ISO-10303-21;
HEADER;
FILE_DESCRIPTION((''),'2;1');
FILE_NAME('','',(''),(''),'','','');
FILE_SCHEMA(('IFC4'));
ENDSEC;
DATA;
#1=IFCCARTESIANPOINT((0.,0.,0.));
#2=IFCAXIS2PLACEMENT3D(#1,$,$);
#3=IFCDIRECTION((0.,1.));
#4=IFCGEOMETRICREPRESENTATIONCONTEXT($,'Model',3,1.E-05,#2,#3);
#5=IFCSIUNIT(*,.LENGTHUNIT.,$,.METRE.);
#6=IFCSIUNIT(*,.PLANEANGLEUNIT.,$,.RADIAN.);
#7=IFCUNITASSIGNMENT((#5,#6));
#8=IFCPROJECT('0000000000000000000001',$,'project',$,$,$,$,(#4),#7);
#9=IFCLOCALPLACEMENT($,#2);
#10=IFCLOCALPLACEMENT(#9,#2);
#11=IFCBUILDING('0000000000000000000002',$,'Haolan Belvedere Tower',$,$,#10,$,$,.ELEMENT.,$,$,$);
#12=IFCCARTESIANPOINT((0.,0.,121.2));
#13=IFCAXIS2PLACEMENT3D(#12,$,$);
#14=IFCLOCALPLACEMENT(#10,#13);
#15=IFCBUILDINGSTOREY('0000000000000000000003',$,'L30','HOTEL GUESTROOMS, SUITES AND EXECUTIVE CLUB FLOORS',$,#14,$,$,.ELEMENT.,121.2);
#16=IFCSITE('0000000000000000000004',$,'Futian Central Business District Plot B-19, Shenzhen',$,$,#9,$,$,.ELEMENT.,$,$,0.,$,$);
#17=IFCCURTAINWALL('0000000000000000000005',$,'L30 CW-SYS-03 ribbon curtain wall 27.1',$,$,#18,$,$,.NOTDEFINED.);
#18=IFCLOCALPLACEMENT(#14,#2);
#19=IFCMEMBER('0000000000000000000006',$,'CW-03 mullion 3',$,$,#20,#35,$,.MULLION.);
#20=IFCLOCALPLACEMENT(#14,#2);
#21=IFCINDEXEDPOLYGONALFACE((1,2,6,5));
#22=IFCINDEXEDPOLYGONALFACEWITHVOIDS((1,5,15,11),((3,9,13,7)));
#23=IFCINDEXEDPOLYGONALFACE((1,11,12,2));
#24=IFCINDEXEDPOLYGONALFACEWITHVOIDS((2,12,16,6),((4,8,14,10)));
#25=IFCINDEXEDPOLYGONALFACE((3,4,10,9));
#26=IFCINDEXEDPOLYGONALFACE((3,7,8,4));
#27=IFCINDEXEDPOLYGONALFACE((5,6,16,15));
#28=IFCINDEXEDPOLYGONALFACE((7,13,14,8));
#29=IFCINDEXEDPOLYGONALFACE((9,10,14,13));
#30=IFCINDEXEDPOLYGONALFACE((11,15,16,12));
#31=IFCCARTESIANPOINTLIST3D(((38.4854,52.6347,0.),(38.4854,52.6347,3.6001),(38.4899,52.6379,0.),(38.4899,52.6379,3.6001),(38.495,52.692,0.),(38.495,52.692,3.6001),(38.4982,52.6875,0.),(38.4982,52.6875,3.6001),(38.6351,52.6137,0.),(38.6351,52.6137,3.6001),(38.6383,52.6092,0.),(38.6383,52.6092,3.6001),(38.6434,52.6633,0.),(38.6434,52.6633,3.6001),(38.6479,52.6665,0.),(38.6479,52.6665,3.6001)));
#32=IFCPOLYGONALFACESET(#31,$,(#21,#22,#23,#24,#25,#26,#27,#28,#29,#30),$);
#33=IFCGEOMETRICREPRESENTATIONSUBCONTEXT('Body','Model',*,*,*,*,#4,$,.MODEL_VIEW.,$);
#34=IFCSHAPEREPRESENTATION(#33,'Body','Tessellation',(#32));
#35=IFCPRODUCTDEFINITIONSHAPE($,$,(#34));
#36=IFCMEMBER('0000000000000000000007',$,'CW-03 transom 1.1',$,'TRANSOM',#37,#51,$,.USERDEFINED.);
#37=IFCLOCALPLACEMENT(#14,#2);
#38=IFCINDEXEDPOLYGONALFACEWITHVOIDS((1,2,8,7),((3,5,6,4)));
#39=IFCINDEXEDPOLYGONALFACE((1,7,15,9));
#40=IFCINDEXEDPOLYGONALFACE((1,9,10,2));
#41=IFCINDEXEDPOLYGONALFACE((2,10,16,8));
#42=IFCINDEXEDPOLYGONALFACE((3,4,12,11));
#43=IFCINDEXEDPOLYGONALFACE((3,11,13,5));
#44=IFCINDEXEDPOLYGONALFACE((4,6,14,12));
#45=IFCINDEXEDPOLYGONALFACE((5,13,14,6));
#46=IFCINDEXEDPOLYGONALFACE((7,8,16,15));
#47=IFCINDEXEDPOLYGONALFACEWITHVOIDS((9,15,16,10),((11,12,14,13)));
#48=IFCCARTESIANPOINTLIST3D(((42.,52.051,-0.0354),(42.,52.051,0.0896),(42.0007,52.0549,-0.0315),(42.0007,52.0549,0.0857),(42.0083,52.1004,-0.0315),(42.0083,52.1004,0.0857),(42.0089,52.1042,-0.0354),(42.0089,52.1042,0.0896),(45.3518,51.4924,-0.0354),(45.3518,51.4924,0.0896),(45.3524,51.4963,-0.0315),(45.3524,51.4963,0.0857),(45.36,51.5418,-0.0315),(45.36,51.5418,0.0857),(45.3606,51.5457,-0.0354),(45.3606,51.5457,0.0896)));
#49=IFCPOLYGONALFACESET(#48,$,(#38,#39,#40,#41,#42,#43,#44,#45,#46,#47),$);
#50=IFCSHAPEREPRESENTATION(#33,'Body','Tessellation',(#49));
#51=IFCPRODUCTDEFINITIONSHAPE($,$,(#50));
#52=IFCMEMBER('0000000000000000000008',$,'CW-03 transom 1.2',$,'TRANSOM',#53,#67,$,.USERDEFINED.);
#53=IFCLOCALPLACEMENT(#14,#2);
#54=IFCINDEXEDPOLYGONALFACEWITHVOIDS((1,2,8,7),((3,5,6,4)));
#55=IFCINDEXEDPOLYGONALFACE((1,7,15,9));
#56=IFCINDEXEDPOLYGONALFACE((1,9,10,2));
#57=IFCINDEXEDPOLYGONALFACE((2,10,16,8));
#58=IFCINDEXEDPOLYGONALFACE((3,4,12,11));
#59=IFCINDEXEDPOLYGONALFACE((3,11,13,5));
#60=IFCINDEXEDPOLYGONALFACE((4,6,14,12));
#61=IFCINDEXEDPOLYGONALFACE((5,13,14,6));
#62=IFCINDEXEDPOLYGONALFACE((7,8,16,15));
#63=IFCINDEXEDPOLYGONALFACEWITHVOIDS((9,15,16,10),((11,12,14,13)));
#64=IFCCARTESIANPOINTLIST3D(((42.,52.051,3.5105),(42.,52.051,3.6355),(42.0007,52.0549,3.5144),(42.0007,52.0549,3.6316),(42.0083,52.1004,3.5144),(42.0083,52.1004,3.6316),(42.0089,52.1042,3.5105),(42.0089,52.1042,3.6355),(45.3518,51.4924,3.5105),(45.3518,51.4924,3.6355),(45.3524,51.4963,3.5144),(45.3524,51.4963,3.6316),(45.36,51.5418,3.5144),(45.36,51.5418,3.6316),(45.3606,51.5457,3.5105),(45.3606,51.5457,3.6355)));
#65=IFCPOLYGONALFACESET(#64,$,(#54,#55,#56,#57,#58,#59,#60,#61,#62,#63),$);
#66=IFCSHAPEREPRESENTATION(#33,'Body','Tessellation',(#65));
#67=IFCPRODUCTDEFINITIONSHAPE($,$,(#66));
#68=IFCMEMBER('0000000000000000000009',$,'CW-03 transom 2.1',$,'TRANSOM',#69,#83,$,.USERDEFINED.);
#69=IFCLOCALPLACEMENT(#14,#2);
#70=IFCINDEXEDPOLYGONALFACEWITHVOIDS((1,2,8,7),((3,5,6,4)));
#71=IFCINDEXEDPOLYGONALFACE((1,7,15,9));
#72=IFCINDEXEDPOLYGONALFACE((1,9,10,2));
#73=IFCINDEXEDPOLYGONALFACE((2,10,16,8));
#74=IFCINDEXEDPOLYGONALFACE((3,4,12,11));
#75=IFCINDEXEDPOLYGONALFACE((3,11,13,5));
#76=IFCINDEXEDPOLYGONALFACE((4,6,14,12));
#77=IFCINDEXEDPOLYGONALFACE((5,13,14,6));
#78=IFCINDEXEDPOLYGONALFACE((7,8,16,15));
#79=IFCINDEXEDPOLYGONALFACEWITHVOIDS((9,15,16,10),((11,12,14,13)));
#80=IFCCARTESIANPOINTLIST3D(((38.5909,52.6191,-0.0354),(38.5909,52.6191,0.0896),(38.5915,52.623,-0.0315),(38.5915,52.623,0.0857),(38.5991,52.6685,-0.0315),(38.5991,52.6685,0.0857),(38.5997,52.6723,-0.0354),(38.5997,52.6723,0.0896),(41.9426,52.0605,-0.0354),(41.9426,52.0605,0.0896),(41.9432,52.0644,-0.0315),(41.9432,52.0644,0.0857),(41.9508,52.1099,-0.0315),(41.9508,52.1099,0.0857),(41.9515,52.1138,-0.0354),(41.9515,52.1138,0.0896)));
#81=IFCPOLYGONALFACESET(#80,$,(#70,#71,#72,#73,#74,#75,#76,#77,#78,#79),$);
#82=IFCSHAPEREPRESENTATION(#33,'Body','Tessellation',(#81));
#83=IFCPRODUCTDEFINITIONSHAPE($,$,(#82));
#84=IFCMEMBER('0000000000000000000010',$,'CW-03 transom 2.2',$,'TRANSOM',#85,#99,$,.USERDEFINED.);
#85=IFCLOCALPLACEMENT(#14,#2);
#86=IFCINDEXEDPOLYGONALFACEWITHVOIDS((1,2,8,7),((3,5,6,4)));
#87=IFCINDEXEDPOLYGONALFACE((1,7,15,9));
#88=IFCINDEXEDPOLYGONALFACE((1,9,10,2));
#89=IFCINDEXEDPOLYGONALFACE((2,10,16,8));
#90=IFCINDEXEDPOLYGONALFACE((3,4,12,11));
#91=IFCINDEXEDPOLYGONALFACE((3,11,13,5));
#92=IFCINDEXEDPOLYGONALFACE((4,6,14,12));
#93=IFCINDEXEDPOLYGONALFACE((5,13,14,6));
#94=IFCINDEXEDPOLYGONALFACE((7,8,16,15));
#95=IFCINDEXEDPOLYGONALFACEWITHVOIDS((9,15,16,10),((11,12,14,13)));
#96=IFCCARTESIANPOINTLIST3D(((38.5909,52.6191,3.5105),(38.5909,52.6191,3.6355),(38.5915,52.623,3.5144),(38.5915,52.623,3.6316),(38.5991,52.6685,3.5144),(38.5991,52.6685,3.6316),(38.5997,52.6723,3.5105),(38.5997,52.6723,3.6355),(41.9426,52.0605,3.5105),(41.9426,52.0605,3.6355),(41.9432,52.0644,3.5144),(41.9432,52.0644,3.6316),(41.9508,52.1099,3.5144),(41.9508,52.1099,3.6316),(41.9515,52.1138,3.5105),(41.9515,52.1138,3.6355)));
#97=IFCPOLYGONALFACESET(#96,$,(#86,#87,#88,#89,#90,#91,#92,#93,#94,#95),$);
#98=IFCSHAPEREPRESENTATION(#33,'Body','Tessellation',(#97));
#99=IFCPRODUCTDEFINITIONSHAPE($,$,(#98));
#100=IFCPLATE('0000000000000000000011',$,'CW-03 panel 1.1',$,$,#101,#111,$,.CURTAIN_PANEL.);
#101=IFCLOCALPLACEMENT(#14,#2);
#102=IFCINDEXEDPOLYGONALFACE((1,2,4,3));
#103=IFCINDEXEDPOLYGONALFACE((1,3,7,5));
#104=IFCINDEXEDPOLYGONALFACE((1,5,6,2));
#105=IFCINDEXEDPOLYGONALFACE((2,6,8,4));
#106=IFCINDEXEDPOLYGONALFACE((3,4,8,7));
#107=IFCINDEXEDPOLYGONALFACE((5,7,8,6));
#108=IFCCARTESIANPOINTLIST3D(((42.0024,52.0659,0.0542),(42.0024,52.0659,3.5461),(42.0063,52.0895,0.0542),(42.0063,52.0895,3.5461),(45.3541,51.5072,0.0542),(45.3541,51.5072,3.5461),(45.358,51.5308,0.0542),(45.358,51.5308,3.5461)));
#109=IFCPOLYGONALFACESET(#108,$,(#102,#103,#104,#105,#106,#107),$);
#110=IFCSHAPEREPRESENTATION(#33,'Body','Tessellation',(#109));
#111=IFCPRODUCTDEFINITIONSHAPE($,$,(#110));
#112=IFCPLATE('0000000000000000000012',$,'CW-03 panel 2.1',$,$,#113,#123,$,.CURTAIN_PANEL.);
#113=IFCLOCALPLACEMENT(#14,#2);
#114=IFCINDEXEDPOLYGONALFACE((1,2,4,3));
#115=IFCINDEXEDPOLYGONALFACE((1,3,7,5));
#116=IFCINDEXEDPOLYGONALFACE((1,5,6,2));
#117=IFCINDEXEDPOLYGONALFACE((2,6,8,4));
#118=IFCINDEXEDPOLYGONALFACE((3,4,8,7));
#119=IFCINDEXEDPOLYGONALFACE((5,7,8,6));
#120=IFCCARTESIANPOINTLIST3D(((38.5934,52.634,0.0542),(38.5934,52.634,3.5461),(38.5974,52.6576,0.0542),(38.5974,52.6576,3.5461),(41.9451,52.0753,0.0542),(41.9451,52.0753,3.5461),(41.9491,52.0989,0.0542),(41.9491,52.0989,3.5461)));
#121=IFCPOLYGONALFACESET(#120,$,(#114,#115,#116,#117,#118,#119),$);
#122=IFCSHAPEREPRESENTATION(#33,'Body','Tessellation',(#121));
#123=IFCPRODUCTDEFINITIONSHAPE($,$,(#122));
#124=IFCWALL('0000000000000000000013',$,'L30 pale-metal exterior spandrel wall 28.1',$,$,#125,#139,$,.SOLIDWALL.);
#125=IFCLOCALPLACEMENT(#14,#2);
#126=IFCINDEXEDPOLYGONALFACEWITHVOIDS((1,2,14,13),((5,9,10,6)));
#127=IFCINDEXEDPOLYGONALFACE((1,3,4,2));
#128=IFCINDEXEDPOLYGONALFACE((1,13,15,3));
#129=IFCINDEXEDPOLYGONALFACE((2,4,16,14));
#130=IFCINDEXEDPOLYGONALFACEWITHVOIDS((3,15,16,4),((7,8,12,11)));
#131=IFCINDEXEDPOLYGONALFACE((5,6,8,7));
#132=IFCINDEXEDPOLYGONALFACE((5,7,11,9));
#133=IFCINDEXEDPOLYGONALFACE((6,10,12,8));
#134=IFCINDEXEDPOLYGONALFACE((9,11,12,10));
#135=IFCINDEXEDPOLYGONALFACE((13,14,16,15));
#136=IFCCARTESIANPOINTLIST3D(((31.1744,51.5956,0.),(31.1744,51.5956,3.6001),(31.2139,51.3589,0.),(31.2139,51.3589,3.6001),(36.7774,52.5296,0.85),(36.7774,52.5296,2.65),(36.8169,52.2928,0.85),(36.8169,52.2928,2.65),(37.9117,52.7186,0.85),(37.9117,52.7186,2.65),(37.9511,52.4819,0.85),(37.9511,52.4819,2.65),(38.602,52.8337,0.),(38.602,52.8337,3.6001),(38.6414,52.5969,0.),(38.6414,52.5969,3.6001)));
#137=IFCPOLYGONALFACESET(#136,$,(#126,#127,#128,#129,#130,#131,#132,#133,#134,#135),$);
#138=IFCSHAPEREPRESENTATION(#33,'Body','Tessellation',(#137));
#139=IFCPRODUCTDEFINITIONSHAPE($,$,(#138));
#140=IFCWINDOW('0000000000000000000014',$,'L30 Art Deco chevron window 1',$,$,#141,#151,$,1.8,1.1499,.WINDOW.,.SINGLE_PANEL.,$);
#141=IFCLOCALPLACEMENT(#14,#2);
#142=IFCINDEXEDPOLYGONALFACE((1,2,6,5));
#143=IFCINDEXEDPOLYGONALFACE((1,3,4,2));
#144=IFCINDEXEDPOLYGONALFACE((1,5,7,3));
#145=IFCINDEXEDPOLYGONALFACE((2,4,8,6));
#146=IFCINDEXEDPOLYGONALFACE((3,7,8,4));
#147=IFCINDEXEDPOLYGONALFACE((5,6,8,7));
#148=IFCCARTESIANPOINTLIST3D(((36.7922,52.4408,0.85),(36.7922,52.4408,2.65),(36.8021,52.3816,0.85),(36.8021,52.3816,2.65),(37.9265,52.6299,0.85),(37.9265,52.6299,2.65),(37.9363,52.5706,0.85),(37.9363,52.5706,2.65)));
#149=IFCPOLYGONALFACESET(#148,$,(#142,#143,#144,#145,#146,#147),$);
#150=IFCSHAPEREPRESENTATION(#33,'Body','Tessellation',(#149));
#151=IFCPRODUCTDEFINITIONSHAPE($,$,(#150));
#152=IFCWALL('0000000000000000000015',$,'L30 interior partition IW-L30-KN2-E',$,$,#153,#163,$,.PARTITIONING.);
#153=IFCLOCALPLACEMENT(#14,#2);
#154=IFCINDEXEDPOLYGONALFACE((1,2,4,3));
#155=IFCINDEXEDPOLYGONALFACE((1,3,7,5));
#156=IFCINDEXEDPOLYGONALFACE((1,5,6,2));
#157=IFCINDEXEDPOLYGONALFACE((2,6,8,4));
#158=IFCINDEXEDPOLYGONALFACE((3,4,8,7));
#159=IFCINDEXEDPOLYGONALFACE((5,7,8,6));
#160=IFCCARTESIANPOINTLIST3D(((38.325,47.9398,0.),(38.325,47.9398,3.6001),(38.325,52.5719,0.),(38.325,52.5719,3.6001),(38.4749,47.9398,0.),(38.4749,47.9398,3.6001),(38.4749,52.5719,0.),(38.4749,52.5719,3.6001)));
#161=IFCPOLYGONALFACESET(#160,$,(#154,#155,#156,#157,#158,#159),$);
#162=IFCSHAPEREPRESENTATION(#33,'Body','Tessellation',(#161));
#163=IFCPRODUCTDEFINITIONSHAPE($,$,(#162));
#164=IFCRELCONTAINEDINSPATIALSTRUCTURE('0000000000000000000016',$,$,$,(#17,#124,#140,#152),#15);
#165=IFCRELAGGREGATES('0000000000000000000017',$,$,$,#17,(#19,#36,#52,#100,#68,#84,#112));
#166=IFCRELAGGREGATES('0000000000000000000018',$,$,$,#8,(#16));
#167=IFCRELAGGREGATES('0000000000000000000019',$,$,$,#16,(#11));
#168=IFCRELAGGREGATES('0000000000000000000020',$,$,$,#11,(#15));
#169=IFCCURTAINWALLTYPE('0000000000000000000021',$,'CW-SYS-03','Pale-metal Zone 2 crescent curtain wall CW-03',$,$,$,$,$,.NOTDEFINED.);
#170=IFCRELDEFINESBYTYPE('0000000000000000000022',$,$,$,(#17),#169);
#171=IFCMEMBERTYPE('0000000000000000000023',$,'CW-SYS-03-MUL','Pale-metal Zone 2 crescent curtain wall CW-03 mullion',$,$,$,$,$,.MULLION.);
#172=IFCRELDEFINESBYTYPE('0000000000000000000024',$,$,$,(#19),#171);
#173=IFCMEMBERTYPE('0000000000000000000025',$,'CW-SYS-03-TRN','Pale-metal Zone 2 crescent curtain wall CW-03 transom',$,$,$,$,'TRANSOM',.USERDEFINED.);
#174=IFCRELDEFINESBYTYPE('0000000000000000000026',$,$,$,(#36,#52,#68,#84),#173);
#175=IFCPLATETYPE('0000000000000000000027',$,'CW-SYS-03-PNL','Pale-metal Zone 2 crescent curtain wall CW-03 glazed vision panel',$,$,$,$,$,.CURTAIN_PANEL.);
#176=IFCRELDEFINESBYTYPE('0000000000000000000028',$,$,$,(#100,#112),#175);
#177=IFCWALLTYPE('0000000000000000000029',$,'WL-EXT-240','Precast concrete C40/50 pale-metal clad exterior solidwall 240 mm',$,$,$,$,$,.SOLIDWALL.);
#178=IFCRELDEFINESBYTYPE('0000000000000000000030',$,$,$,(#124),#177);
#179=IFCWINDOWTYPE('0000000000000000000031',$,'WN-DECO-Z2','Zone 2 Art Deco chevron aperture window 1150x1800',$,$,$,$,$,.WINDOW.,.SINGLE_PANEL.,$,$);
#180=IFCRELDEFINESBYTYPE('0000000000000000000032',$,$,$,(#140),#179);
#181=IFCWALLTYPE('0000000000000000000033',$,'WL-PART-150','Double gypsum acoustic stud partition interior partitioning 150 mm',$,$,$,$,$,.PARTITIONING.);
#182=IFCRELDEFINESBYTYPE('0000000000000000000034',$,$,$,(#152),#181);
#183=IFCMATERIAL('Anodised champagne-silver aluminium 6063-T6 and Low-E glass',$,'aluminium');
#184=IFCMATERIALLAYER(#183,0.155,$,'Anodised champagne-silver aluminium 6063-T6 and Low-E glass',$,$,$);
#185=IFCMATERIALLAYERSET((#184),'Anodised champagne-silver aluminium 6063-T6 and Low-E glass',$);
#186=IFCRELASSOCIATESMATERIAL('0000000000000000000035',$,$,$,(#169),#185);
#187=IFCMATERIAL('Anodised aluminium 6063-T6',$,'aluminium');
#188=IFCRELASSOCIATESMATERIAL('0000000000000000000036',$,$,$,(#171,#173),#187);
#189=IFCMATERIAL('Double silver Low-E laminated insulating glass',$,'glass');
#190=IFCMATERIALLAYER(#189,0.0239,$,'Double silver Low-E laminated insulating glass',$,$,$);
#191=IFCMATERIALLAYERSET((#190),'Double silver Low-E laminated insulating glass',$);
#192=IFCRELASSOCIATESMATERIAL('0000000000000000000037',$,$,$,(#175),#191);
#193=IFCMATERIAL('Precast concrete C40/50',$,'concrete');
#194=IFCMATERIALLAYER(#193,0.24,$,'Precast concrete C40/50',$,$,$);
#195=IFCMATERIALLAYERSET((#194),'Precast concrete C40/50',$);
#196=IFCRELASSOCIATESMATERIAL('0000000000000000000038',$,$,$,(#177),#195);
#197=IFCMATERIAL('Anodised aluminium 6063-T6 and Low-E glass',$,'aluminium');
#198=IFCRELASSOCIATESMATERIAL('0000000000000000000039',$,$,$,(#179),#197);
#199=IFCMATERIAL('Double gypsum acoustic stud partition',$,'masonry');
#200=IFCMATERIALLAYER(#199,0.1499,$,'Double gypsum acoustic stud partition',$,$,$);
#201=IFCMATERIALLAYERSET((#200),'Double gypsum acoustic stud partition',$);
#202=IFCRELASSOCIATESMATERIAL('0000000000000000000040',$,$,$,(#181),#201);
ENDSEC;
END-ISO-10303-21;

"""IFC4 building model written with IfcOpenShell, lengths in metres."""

from ifc_helpers import new_model, si_unit, direction, frame, frame_2d, origin, origin_2d, place, context, subcontext, project, spatial, rectangle, hollow_rectangle, extrude, material, layer, layer_set, material_profile, profile_set, type_object, element, fill, aggregate, save


model = new_model("IFC4")

# Units and contexts
model_context = context("Model", 3, precision=1e-05, world=origin(), true_north=direction((0.0, 1.0)))
body_context = subcontext(model_context, "Body", "Model", "MODEL_VIEW")
ifc_project = project(units=[si_unit("LENGTHUNIT", "METRE"), si_unit("PLANEANGLEUNIT", "RADIAN")], contexts=[model_context])

# Site, building, storey
site_placement = place(None, origin())
site = spatial("IfcSite", under=ifc_project, at=site_placement, Name="Futian Central Business District Plot B-19, Shenzhen", CompositionType="ELEMENT", RefElevation=0.0)
building_placement = place(site_placement, origin())
building = spatial("IfcBuilding", under=site, at=building_placement, Name="Haolan Belvedere Tower", CompositionType="ELEMENT")
storey_placement = place(building_placement, frame((0.0, 0.0, 121.2)))
storey = spatial("IfcBuildingStorey", under=building, at=storey_placement, Name="L30", Description="HOTEL GUESTROOMS, SUITES AND EXECUTIVE CLUB FLOORS", CompositionType="ELEMENT", Elevation=121.2)

# Shared definitions
ifc_material_1 = material(Name="Anodised champagne-silver aluminium 6063-T6 and Low-E glass", Category="aluminium")
ifc_layer_1 = layer(ifc_material_1, 0.155, Name="Anodised champagne-silver aluminium 6063-T6 and Low-E glass")
ifc_layer_set_1 = layer_set([ifc_layer_1], Name="Anodised champagne-silver aluminium 6063-T6 and Low-E glass")
curtain_wall_type = type_object("IfcCurtainWallType", Name="CW-SYS-03", Description="Pale-metal Zone 2 crescent curtain wall CW-03", PredefinedType="NOTDEFINED", material=ifc_layer_set_1)
ifc_material_2 = material(Name="Anodised aluminium 6063-T6", Category="aluminium")
ifc_material_profile_1 = material_profile(ifc_material_2, hollow_rectangle(XDim=0.0581, YDim=0.155, WallThickness=0.0039, at=origin_2d()), Name="Anodised aluminium 6063-T6")
ifc_profile_set_1 = profile_set([ifc_material_profile_1], Name="Anodised aluminium 6063-T6")
member_type_1 = type_object("IfcMemberType", Name="CW-SYS-03-MUL", Description="Pale-metal Zone 2 crescent curtain wall CW-03 mullion", PredefinedType="MULLION", material=ifc_profile_set_1)

# Curtain wall, members, plates
curtain_wall_1_placement = place(storey_placement, origin())
curtain_wall_1 = element("IfcCurtainWall", 1, at=curtain_wall_1_placement, inside=storey, type_object=curtain_wall_type, Name="L30 CW-SYS-03 ribbon curtain wall 27.1", PredefinedType="NOTDEFINED")
member_1_placement = place(storey_placement, frame((38.5667, 52.6506, 0.0), z_axis=(0.0, 0.0, 1.0), x_axis=(-0.164404, -0.986393, 0.0)))
member_1 = element("IfcMember", 2, at=member_1_placement, type_object=member_type_1, Name="CW-03 mullion 3", PredefinedType="MULLION", context=body_context, shape_type="SweptSolid", body=[
    extrude(hollow_rectangle(XDim=0.0581, YDim=0.155, WallThickness=0.0039, at=origin_2d()), origin(), (0.0, 0.0, 1.0), 3.6001),
])
ifc_material_profile_2 = material_profile(ifc_material_2, hollow_rectangle(XDim=0.054, YDim=0.125, WallThickness=0.0039, at=origin_2d()), Name="Anodised aluminium 6063-T6")
ifc_profile_set_2 = profile_set([ifc_material_profile_2], Name="Anodised aluminium 6063-T6")
member_type_2 = type_object("IfcMemberType", Name="CW-SYS-03-TRN", Description="Pale-metal Zone 2 crescent curtain wall CW-03 transom", ElementType="TRANSOM", PredefinedType="USERDEFINED", material=ifc_profile_set_2)
member_2_placement = place(storey_placement, frame((45.3562, 51.519, 0.0271), z_axis=(-0.986396, 0.164387, 0.0), x_axis=(-0.164387, -0.986396, 0.0)))
member_2 = element("IfcMember", 3, at=member_2_placement, type_object=member_type_2, Name="CW-03 transom 1.1", ObjectType="TRANSOM", PredefinedType="USERDEFINED", context=body_context, shape_type="SweptSolid", body=[
    extrude(hollow_rectangle(XDim=0.054, YDim=0.125, WallThickness=0.0039, at=origin_2d()), origin(), (0.0, 0.0, 1.0), 3.3979),
])
member_3_placement = place(storey_placement, frame((45.3562, 51.519, 3.573), z_axis=(-0.986396, 0.164387, 0.0), x_axis=(-0.164387, -0.986396, 0.0)))
member_3 = element("IfcMember", 4, at=member_3_placement, type_object=member_type_2, Name="CW-03 transom 1.2", ObjectType="TRANSOM", PredefinedType="USERDEFINED", context=body_context, shape_type="SweptSolid", body=[
    extrude(hollow_rectangle(XDim=0.054, YDim=0.125, WallThickness=0.0039, at=origin_2d()), origin(), (0.0, 0.0, 1.0), 3.3979),
])
member_4_placement = place(storey_placement, frame((41.947, 52.0872, 0.0271), z_axis=(-0.986396, 0.164387, 0.0), x_axis=(-0.164387, -0.986396, 0.0)))
member_4 = element("IfcMember", 5, at=member_4_placement, type_object=member_type_2, Name="CW-03 transom 2.1", ObjectType="TRANSOM", PredefinedType="USERDEFINED", context=body_context, shape_type="SweptSolid", body=[
    extrude(hollow_rectangle(XDim=0.054, YDim=0.125, WallThickness=0.0039, at=origin_2d()), origin(), (0.0, 0.0, 1.0), 3.3979),
])
member_5_placement = place(storey_placement, frame((41.947, 52.0872, 3.573), z_axis=(-0.986396, 0.164387, 0.0), x_axis=(-0.164387, -0.986396, 0.0)))
member_5 = element("IfcMember", 6, at=member_5_placement, type_object=member_type_2, Name="CW-03 transom 2.2", ObjectType="TRANSOM", PredefinedType="USERDEFINED", context=body_context, shape_type="SweptSolid", body=[
    extrude(hollow_rectangle(XDim=0.054, YDim=0.125, WallThickness=0.0039, at=origin_2d()), origin(), (0.0, 0.0, 1.0), 3.3979),
])
ifc_material_3 = material(Name="Double silver Low-E laminated insulating glass", Category="glass")
ifc_layer_2 = layer(ifc_material_3, 0.0239, Name="Double silver Low-E laminated insulating glass")
ifc_layer_set_2 = layer_set([ifc_layer_2], Name="Double silver Low-E laminated insulating glass")
plate_type = type_object("IfcPlateType", Name="CW-SYS-03-PNL", Description="Pale-metal Zone 2 crescent curtain wall CW-03 glazed vision panel", PredefinedType="CURTAIN_PANEL", material=ifc_layer_set_2)
plate_1_placement = place(storey_placement, frame((43.6802, 51.7983, 0.0542), z_axis=(0.0, 0.0, 1.0), x_axis=(-0.986393, 0.164404, 0.0)))
plate_1 = element("IfcPlate", 7, at=plate_1_placement, type_object=plate_type, Name="CW-03 panel 1.1", PredefinedType="CURTAIN_PANEL", context=body_context, shape_type="SweptSolid", body=[
    extrude(rectangle(XDim=3.3979, YDim=0.0239, at=origin_2d()), origin(), (0.0, 0.0, 1.0), 3.4919),
])
plate_2_placement = place(storey_placement, frame((40.2712, 52.3665, 0.0542), z_axis=(0.0, 0.0, 1.0), x_axis=(-0.986393, 0.164404, 0.0)))
plate_2 = element("IfcPlate", 8, at=plate_2_placement, type_object=plate_type, Name="CW-03 panel 2.1", PredefinedType="CURTAIN_PANEL", context=body_context, shape_type="SweptSolid", body=[
    extrude(rectangle(XDim=3.3979, YDim=0.0239, at=origin_2d()), origin(), (0.0, 0.0, 1.0), 3.4919),
])
aggregate(curtain_wall_1, [member_1, member_2, member_3, plate_1, member_4, member_5, plate_2])

# Wall, opening, window
ifc_material_4 = material(Name="Precast concrete C40/50", Category="concrete")
ifc_layer_3 = layer(ifc_material_4, 0.24, Name="Precast concrete C40/50")
ifc_layer_set_3 = layer_set([ifc_layer_3], Name="Precast concrete C40/50")
wall_type_1 = type_object("IfcWallType", Name="WL-EXT-240", Description="Precast concrete C40/50 pale-metal clad exterior solidwall 240 mm", PredefinedType="SOLIDWALL", material=ifc_layer_set_3)
wall_1_placement = place(storey_placement, frame((38.6218, 52.7153, 0.0), z_axis=(0.0, 0.0, 1.0), x_axis=(-0.986391, -0.164415, 0.0)))
wall_1 = element("IfcWall", 9, at=wall_1_placement, inside=storey, type_object=wall_type_1, Name="L30 pale-metal exterior spandrel wall 28.1", PredefinedType="SOLIDWALL", context=body_context, shape_type="SweptSolid", body=[
    extrude(rectangle(XDim=7.53, YDim=0.24, at=frame_2d((3.7651, 0.0))), origin(), (0.0, 0.0, 1.0), 3.6001),
])
opening_1_placement = place(wall_1_placement, frame((0.7, 0.0, 0.8501)))
opening_1 = element("IfcOpeningElement", 10, at=opening_1_placement, cuts=wall_1, PredefinedType="OPENING", context=body_context, shape_type="SweptSolid", body=[
    extrude(rectangle(XDim=1.1499, YDim=1.8, at=frame_2d((0.575, 0.8999))), frame((0.0, 0.1299, 0.0), z_axis=(0.0, -1.0, 0.0), x_axis=(1.0, 0.0, 0.0)), (0.0, 0.0, 1.0), 0.26),
])
ifc_material_5 = material(Name="Anodised aluminium 6063-T6 and Low-E glass", Category="aluminium")
window_type = type_object("IfcWindowType", Name="WN-DECO-Z2", Description="Zone 2 Art Deco chevron aperture window 1150x1800", PartitioningType="SINGLE_PANEL", PredefinedType="WINDOW", material=ifc_material_5)
window_placement = place(opening_1_placement, origin())
window = element("IfcWindow", 11, at=window_placement, inside=storey, type_object=window_type, Name="L30 Art Deco chevron window 1", OverallHeight=1.8, OverallWidth=1.1499, PartitioningType="SINGLE_PANEL", PredefinedType="WINDOW", context=body_context, shape_type="SweptSolid", body=[
    extrude(rectangle(XDim=1.1499, YDim=1.8, at=frame_2d((0.575, 0.8999))), frame((0.0, 0.03, 0.0), z_axis=(0.0, -1.0, 0.0), x_axis=(1.0, 0.0, 0.0)), (0.0, 0.0, 1.0), 0.0601),
])
fill(opening_1, window)

# Wall
ifc_material_6 = material(Name="Double gypsum acoustic stud partition", Category="masonry")
ifc_layer_4 = layer(ifc_material_6, 0.1499, Name="Double gypsum acoustic stud partition")
ifc_layer_set_4 = layer_set([ifc_layer_4], Name="Double gypsum acoustic stud partition")
wall_type_2 = type_object("IfcWallType", Name="WL-PART-150", Description="Double gypsum acoustic stud partition interior partitioning 150 mm", PredefinedType="PARTITIONING", material=ifc_layer_set_4)
wall_2_placement = place(storey_placement, frame((38.3999, 47.9399, 0.0), z_axis=(0.0, 0.0, 1.0), x_axis=(0.0, 1.0, 0.0)))
element("IfcWall", 12, at=wall_2_placement, inside=storey, type_object=wall_type_2, Name="L30 interior partition IW-L30-KN2-E", PredefinedType="PARTITIONING", context=body_context, shape_type="SweptSolid", body=[
    extrude(rectangle(XDim=4.6321, YDim=0.1499, at=frame_2d((2.3159, 0.0))), origin(), (0.0, 0.0, 1.0), 3.6001),
])

save(model, "model.ifc")
